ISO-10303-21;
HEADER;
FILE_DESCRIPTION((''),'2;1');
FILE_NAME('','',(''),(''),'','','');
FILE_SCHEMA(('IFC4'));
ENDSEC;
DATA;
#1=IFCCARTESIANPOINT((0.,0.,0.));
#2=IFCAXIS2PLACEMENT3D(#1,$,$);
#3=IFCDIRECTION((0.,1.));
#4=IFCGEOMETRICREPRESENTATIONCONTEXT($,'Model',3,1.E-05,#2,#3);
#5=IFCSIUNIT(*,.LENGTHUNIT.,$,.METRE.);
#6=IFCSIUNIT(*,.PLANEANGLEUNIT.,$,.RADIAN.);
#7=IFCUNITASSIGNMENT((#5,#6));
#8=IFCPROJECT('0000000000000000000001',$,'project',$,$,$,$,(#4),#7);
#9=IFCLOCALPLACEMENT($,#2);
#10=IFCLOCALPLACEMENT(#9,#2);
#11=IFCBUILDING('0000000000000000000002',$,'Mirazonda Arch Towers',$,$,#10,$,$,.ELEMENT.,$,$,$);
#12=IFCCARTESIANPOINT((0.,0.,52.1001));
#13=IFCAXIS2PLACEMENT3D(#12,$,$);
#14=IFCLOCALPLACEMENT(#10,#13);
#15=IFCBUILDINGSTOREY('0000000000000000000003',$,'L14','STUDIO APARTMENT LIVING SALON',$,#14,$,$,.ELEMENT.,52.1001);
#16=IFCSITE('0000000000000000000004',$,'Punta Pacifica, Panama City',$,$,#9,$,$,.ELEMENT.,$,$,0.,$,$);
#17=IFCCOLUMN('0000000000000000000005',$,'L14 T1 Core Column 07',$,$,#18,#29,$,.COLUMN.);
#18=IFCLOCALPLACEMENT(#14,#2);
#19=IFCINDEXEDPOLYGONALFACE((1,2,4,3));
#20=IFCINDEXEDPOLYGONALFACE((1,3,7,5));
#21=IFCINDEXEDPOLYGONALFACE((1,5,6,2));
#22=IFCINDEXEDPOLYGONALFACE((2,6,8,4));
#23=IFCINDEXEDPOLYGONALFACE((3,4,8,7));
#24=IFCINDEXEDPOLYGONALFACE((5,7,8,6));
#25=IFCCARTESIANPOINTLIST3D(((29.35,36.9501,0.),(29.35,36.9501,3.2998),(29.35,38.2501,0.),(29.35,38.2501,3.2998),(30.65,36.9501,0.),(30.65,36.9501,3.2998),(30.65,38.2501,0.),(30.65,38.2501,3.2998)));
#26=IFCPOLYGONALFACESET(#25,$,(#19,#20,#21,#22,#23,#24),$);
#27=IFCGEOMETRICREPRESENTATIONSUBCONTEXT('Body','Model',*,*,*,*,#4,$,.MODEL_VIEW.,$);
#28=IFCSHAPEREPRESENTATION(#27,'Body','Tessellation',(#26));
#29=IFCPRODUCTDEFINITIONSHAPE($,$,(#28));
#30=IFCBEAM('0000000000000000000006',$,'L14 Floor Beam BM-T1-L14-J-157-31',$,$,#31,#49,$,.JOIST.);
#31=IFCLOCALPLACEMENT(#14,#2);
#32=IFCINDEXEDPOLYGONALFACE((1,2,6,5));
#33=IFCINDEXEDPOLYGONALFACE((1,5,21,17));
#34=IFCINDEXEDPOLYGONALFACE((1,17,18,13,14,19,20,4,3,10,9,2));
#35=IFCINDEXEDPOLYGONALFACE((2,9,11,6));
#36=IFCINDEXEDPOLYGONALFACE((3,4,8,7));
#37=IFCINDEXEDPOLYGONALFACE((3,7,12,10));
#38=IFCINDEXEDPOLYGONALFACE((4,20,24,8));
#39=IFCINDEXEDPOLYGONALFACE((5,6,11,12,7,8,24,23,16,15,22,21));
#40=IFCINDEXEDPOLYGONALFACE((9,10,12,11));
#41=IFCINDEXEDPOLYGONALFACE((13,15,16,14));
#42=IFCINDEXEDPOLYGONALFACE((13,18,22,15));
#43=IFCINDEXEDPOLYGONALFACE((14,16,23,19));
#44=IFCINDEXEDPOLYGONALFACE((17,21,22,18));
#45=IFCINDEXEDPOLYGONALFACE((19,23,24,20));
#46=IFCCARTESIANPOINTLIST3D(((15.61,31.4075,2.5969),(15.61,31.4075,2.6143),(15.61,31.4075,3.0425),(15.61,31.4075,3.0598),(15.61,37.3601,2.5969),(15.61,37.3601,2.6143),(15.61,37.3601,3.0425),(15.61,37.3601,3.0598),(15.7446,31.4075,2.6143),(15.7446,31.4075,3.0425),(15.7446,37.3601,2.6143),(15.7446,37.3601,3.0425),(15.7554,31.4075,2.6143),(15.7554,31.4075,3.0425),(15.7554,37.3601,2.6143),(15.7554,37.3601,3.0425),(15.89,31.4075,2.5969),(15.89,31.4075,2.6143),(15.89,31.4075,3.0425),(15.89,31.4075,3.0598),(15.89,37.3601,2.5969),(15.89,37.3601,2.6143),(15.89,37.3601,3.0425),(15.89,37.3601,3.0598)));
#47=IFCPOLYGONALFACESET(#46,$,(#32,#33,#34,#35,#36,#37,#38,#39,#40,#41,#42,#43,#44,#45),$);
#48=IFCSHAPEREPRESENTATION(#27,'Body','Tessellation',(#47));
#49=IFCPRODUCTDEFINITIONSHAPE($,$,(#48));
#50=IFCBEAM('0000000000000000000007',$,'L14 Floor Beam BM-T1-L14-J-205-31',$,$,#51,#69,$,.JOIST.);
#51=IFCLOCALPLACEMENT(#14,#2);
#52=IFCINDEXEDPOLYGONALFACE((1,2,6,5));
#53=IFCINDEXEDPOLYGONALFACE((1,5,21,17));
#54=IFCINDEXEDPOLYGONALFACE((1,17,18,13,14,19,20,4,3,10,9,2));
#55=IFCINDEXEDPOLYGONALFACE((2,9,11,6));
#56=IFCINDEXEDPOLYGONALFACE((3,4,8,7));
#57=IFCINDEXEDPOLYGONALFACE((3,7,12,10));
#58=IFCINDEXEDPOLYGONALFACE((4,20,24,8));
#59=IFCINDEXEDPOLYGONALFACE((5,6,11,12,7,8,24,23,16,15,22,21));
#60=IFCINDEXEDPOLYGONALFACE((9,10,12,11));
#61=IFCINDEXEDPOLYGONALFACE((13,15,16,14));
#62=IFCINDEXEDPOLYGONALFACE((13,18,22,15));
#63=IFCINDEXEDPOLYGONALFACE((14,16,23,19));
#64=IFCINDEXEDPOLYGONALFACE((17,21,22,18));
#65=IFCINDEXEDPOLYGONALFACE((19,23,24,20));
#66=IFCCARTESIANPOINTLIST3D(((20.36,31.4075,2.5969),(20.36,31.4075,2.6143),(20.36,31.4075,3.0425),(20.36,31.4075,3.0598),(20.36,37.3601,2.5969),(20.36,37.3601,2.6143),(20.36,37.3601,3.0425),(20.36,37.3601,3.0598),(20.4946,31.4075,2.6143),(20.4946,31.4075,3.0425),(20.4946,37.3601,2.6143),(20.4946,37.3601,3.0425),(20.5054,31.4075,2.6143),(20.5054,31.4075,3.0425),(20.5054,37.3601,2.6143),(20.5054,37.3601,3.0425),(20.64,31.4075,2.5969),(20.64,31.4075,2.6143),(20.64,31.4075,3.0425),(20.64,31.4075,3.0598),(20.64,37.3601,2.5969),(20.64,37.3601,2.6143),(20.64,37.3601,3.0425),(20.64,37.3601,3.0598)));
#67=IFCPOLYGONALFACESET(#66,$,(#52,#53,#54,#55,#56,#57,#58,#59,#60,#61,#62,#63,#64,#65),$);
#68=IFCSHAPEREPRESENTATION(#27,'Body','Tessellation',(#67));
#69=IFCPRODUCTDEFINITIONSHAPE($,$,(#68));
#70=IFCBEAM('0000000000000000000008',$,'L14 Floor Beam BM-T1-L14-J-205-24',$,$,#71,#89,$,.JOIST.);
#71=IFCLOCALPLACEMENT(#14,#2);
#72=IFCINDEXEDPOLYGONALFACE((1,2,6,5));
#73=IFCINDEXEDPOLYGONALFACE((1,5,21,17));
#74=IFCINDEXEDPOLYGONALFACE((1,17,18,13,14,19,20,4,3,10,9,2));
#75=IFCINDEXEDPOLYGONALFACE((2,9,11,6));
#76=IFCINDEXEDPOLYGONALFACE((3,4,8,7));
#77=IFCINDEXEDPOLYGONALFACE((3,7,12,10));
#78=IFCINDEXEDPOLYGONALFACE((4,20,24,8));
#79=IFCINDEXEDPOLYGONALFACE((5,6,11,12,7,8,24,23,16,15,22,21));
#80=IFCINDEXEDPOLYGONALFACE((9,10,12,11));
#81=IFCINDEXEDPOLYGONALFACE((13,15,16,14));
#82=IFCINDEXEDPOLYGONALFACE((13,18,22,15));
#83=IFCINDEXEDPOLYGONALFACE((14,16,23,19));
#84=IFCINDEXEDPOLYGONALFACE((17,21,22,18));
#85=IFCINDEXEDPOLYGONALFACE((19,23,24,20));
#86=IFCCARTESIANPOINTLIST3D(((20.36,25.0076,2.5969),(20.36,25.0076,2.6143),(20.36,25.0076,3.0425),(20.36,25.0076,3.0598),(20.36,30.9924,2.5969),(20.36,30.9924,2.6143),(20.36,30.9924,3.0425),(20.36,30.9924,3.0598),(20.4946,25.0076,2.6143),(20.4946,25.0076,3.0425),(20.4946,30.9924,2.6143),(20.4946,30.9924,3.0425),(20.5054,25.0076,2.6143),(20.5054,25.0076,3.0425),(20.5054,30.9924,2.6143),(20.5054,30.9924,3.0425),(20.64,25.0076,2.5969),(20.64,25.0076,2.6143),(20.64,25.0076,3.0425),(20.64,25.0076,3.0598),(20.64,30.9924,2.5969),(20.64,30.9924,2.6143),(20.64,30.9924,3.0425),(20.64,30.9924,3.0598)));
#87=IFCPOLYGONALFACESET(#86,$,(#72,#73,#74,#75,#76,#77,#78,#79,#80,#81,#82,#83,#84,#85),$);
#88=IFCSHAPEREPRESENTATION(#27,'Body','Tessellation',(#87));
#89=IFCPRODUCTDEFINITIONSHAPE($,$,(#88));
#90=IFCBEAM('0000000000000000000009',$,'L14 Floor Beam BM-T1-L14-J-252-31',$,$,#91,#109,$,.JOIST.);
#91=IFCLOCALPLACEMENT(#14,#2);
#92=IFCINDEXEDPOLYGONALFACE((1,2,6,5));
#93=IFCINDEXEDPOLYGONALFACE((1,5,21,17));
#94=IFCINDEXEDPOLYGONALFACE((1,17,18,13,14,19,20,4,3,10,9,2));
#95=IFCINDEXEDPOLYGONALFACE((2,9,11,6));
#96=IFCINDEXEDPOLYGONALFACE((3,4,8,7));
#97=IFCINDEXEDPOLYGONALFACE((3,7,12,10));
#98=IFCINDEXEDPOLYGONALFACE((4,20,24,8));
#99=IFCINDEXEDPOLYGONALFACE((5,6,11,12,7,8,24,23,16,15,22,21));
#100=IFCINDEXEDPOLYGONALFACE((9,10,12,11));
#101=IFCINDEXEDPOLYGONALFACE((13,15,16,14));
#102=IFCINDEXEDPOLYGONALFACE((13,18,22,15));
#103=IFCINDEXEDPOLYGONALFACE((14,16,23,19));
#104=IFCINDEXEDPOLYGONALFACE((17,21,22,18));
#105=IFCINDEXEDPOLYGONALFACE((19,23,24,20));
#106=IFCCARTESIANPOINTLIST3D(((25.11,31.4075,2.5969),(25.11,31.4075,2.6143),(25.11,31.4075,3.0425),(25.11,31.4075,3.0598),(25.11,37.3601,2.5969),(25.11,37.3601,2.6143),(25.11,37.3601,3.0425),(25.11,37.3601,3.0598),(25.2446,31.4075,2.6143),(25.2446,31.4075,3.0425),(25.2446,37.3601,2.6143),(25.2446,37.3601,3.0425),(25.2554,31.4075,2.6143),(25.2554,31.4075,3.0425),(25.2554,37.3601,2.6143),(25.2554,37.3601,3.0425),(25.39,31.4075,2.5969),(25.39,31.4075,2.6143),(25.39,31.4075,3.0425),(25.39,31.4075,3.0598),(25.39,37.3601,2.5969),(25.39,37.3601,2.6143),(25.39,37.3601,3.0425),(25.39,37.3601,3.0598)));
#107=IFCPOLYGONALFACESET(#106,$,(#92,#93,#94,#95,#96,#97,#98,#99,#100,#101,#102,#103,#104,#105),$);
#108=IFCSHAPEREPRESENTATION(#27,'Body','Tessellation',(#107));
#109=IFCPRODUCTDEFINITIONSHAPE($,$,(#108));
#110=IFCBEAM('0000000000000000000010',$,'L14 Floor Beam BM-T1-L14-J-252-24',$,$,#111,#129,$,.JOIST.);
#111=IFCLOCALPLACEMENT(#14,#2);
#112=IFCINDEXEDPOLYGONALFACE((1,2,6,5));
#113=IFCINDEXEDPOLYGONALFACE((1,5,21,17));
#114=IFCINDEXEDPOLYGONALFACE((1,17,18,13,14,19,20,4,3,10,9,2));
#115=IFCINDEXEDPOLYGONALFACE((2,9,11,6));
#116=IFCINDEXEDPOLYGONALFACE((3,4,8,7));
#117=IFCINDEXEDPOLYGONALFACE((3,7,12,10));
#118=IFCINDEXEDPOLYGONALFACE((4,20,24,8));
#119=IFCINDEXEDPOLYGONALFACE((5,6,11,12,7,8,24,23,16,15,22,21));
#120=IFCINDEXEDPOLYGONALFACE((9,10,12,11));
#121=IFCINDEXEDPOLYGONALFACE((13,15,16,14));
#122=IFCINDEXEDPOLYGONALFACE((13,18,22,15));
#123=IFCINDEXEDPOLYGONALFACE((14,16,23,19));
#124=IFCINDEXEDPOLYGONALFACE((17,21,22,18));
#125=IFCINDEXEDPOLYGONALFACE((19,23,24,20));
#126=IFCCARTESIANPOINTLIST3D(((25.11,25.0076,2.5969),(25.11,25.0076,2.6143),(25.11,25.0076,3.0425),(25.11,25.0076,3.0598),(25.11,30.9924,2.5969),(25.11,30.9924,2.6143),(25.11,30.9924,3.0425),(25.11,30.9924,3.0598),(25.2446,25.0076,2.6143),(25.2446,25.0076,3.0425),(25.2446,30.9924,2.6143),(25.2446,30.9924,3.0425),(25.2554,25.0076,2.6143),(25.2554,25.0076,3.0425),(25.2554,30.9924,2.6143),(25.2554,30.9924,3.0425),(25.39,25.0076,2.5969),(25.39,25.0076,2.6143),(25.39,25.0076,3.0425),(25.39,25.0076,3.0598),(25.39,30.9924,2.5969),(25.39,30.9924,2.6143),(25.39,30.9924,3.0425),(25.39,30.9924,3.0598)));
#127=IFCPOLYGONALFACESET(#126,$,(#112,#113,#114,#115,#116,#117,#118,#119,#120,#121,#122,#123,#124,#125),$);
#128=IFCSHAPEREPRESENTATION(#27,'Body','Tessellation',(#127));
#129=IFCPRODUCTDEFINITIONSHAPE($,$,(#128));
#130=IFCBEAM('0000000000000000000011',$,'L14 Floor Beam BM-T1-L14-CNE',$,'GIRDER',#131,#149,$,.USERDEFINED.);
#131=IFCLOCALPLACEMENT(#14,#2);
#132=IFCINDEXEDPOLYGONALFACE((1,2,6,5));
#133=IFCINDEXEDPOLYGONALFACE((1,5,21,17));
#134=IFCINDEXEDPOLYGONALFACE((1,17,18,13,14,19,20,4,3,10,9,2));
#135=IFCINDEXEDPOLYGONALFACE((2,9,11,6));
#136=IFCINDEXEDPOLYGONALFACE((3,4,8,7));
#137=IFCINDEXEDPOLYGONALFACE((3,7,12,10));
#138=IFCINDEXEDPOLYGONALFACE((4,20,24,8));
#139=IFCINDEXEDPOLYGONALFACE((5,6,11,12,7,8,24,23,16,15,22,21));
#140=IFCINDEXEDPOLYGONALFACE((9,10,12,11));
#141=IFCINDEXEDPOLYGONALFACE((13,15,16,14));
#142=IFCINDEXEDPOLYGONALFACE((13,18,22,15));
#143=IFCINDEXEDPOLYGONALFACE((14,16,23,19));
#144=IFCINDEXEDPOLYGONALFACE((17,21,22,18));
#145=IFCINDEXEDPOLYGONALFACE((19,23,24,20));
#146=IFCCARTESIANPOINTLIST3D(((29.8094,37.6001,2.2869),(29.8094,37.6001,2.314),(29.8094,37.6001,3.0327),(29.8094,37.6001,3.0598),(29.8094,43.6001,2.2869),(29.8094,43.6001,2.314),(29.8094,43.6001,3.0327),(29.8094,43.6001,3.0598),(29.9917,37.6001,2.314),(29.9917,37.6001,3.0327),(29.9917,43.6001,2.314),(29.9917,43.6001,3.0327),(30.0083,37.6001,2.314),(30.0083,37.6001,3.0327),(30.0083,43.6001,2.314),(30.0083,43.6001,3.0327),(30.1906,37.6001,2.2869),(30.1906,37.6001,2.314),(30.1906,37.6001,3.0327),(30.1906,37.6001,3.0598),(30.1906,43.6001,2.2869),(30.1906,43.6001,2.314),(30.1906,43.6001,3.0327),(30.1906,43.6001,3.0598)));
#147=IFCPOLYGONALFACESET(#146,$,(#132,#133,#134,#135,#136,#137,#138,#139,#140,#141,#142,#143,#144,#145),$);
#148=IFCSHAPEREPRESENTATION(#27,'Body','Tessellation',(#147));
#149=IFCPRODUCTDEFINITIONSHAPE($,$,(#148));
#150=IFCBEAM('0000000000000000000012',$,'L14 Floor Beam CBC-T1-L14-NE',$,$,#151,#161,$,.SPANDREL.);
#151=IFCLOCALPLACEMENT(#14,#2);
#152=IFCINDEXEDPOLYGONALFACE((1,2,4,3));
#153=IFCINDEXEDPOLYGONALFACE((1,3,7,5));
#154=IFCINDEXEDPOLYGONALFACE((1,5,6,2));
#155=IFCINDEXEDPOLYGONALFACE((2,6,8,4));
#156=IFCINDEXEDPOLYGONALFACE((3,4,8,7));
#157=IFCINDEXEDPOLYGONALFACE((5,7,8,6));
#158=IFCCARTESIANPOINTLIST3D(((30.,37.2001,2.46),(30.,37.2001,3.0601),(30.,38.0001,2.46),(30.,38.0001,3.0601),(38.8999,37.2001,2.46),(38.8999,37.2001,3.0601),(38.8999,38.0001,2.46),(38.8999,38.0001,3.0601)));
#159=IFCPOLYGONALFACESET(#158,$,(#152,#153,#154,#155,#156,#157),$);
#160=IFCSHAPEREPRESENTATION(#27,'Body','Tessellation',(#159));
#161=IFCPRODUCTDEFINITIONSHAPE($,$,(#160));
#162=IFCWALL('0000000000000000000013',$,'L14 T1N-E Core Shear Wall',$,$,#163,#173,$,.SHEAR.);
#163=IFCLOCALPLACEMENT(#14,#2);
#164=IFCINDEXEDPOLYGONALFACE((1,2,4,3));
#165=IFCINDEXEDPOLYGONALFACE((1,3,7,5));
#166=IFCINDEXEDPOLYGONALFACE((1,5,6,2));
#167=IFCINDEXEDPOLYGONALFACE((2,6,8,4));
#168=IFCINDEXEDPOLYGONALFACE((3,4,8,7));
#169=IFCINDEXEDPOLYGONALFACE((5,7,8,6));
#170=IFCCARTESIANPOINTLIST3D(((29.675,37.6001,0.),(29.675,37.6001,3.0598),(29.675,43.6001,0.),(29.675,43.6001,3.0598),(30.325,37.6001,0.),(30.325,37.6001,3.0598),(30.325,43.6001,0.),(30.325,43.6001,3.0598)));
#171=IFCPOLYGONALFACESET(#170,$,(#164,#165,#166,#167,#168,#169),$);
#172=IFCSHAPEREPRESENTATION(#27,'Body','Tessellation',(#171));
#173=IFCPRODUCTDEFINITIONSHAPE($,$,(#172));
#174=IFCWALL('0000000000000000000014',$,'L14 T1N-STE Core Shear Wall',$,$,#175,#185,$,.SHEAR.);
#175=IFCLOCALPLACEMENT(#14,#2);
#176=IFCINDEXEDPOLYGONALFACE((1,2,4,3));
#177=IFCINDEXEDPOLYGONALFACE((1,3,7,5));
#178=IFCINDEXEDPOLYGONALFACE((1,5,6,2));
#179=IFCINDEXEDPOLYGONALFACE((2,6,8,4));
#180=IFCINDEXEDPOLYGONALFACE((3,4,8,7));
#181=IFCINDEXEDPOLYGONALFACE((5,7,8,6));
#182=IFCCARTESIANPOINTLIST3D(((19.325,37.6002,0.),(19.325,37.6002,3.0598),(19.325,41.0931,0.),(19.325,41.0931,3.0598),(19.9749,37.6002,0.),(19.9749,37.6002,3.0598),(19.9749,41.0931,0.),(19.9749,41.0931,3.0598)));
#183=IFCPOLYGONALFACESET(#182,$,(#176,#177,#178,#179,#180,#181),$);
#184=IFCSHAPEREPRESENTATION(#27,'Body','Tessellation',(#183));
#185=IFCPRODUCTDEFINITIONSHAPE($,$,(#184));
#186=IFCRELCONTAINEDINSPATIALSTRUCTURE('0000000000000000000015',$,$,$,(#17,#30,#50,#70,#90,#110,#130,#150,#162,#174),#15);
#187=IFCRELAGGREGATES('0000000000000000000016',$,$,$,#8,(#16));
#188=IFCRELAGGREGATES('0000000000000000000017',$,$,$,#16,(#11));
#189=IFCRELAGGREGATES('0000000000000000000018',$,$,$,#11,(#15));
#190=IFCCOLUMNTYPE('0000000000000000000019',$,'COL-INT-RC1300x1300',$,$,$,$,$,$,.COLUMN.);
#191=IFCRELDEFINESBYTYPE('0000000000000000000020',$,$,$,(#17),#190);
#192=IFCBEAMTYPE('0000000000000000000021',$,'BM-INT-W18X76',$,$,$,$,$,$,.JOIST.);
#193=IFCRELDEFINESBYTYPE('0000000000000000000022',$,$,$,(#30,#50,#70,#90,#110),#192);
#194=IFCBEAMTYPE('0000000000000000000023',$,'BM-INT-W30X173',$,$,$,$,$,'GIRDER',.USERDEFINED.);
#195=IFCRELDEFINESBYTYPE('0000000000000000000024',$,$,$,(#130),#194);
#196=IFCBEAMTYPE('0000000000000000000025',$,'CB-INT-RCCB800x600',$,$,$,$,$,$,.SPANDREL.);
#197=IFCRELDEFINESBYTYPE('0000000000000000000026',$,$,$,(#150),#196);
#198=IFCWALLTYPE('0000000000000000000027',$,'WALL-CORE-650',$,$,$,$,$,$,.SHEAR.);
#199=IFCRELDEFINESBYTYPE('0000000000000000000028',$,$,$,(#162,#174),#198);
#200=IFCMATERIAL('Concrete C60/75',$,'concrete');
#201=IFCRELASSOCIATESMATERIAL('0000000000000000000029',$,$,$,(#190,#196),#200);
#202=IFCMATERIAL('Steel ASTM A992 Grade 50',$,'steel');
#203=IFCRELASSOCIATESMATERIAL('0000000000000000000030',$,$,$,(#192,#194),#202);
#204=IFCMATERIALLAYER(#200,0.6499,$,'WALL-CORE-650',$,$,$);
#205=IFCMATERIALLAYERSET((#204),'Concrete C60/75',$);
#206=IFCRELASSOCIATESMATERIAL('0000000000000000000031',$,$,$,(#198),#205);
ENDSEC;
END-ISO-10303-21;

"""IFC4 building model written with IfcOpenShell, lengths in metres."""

from ifc_helpers import new_model, si_unit, direction, frame, frame_2d, origin, origin_2d, place, context, subcontext, project, spatial, rectangle, i_section, extrude, material, layer, layer_set, material_profile, profile_set, type_object, element, save


model = new_model("IFC4")

# Units and contexts
model_context = context("Model", 3, precision=1e-05, world=origin(), true_north=direction((0.0, 1.0)))
body_context = subcontext(model_context, "Body", "Model", "MODEL_VIEW")
ifc_project = project(units=[si_unit("LENGTHUNIT", "METRE"), si_unit("PLANEANGLEUNIT", "RADIAN")], contexts=[model_context])

# Site, building, storey
site_placement = place(None, origin())
site = spatial("IfcSite", under=ifc_project, at=site_placement, Name="Punta Pacifica, Panama City", CompositionType="ELEMENT", RefElevation=0.0)
building_placement = place(site_placement, origin())
building = spatial("IfcBuilding", under=site, at=building_placement, Name="Mirazonda Arch Towers", CompositionType="ELEMENT")
storey_placement = place(building_placement, frame((0.0, 0.0, 52.1001)))
storey = spatial("IfcBuildingStorey", under=building, at=storey_placement, Name="L14", Description="STUDIO APARTMENT LIVING SALON", CompositionType="ELEMENT", Elevation=52.1001)

# Column
ifc_material_1 = material(Name="Concrete C60/75", Category="concrete")
ifc_material_profile_1 = material_profile(ifc_material_1, rectangle(XDim=1.3, YDim=1.3, at=origin_2d()), Name="RC1300x1300")
ifc_profile_set_1 = profile_set([ifc_material_profile_1], Name="Concrete C60/75")
column_type = type_object("IfcColumnType", Name="COL-INT-RC1300x1300", PredefinedType="COLUMN", material=ifc_profile_set_1)
column_placement = place(storey_placement, frame((30.0, 37.6001, 0.0), z_axis=(0.0, 0.0, 1.0), x_axis=(1.0, 0.0, 0.0)))
element("IfcColumn", 1, at=column_placement, inside=storey, type_object=column_type, Name="L14 T1 Core Column 07", PredefinedType="COLUMN", context=body_context, shape_type="SweptSolid", body=[
    extrude(rectangle(XDim=1.3, YDim=1.3, at=origin_2d()), origin(), (0.0, 0.0, 1.0), 3.2998),
])

# Beams
ifc_material_2 = material(Name="Steel ASTM A992 Grade 50", Category="steel")
ifc_material_profile_2 = material_profile(ifc_material_2, i_section(OverallWidth=0.28, OverallDepth=0.4629, WebThickness=0.0107, FlangeThickness=0.0173, at=origin_2d()), Name="W18X76")
ifc_profile_set_2 = profile_set([ifc_material_profile_2], Name="Steel ASTM A992 Grade 50")
beam_type_1 = type_object("IfcBeamType", Name="BM-INT-W18X76", PredefinedType="JOIST", material=ifc_profile_set_2)
for number, where, z_axis, x_axis, name in (
    (2, (15.75, 31.4075, 2.8284), (0.0, 1.0, 0.0), (-1.0, 0.0, 0.0), "L14 Floor Beam BM-T1-L14-J-157-31"),
    (3, (20.5, 31.4075, 2.8284), (0.0, 1.0, 0.0), (-1.0, 0.0, 0.0), "L14 Floor Beam BM-T1-L14-J-205-31"),
):
    element("IfcBeam", number, at=place(storey_placement, frame(where, z_axis=z_axis, x_axis=x_axis)), inside=storey, type_object=beam_type_1, Name=name, PredefinedType="JOIST", context=body_context, shape_type="SweptSolid", body=[
        extrude(i_section(OverallWidth=0.28, OverallDepth=0.4629, WebThickness=0.0107, FlangeThickness=0.0173, at=origin_2d()), origin(), (0.0, 0.0, 1.0), 5.9526),
    ])
beam_1_placement = place(storey_placement, frame((20.5, 25.0076, 2.8284), z_axis=(0.0, 1.0, 0.0), x_axis=(-1.0, 0.0, 0.0)))
element("IfcBeam", 4, at=beam_1_placement, inside=storey, type_object=beam_type_1, Name="L14 Floor Beam BM-T1-L14-J-205-24", PredefinedType="JOIST", context=body_context, shape_type="SweptSolid", body=[
    extrude(i_section(OverallWidth=0.28, OverallDepth=0.4629, WebThickness=0.0107, FlangeThickness=0.0173, at=origin_2d()), origin(), (0.0, 0.0, 1.0), 5.9849),
])
beam_2_placement = place(storey_placement, frame((25.25, 31.4075, 2.8284), z_axis=(0.0, 1.0, 0.0), x_axis=(-1.0, 0.0, 0.0)))
element("IfcBeam", 5, at=beam_2_placement, inside=storey, type_object=beam_type_1, Name="L14 Floor Beam BM-T1-L14-J-252-31", PredefinedType="JOIST", context=body_context, shape_type="SweptSolid", body=[
    extrude(i_section(OverallWidth=0.28, OverallDepth=0.4629, WebThickness=0.0107, FlangeThickness=0.0173, at=origin_2d()), origin(), (0.0, 0.0, 1.0), 5.9526),
])
beam_3_placement = place(storey_placement, frame((25.25, 25.0076, 2.8284), z_axis=(0.0, 1.0, 0.0), x_axis=(-1.0, 0.0, 0.0)))
element("IfcBeam", 6, at=beam_3_placement, inside=storey, type_object=beam_type_1, Name="L14 Floor Beam BM-T1-L14-J-252-24", PredefinedType="JOIST", context=body_context, shape_type="SweptSolid", body=[
    extrude(i_section(OverallWidth=0.28, OverallDepth=0.4629, WebThickness=0.0107, FlangeThickness=0.0173, at=origin_2d()), origin(), (0.0, 0.0, 1.0), 5.9849),
])
ifc_material_profile_3 = material_profile(ifc_material_2, i_section(OverallWidth=0.3811, OverallDepth=0.7729, WebThickness=0.0166, FlangeThickness=0.0271, at=origin_2d()), Name="W30X173")
ifc_profile_set_3 = profile_set([ifc_material_profile_3], Name="Steel ASTM A992 Grade 50")
beam_type_2 = type_object("IfcBeamType", Name="BM-INT-W30X173", ElementType="GIRDER", PredefinedType="USERDEFINED", material=ifc_profile_set_3)
beam_4_placement = place(storey_placement, frame((30.0, 37.6001, 2.6733), z_axis=(0.0, 1.0, 0.0), x_axis=(-1.0, 0.0, 0.0)))
element("IfcBeam", 7, at=beam_4_placement, inside=storey, type_object=beam_type_2, Name="L14 Floor Beam BM-T1-L14-CNE", ObjectType="GIRDER", PredefinedType="USERDEFINED", context=body_context, shape_type="SweptSolid", body=[
    extrude(i_section(OverallWidth=0.3811, OverallDepth=0.7729, WebThickness=0.0166, FlangeThickness=0.0271, at=origin_2d()), origin(), (0.0, 0.0, 1.0), 6.0),
])
ifc_material_profile_4 = material_profile(ifc_material_1, rectangle(XDim=0.8, YDim=0.6001, at=origin_2d()), Name="RCCB800x600")
ifc_profile_set_4 = profile_set([ifc_material_profile_4], Name="Concrete C60/75")
beam_type_3 = type_object("IfcBeamType", Name="CB-INT-RCCB800x600", PredefinedType="SPANDREL", material=ifc_profile_set_4)
beam_5_placement = place(storey_placement, frame((30.0, 37.6001, 2.76), z_axis=(1.0, 0.0, 0.0), x_axis=(0.0, 1.0, 0.0)))
element("IfcBeam", 8, at=beam_5_placement, inside=storey, type_object=beam_type_3, Name="L14 Floor Beam CBC-T1-L14-NE", PredefinedType="SPANDREL", context=body_context, shape_type="SweptSolid", body=[
    extrude(rectangle(XDim=0.8, YDim=0.6001, at=origin_2d()), origin(), (0.0, 0.0, 1.0), 8.8999),
])

# Walls
ifc_layer_1 = layer(ifc_material_1, 0.6499, Name="WALL-CORE-650")
ifc_layer_set_1 = layer_set([ifc_layer_1], Name="Concrete C60/75")
wall_type_1 = type_object("IfcWallType", Name="WALL-CORE-650", PredefinedType="SHEAR", material=ifc_layer_set_1)
wall_1_placement = place(storey_placement, frame((30.0, 37.6001, 0.0), z_axis=(0.0, 0.0, 1.0), x_axis=(0.0, 1.0, 0.0)))
element("IfcWall", 9, at=wall_1_placement, inside=storey, type_object=wall_type_1, Name="L14 T1N-E Core Shear Wall", PredefinedType="SHEAR", context=body_context, shape_type="SweptSolid", body=[
    extrude(rectangle(XDim=6.0, YDim=0.6499, at=frame_2d((3.0, 0.0))), origin(), (0.0, 0.0, 1.0), 3.0598),
])
wall_2_placement = place(storey_placement, frame((19.6499, 37.6001, 0.0), z_axis=(0.0, 0.0, 1.0), x_axis=(0.0, 1.0, 0.0)))
element("IfcWall", 10, at=wall_2_placement, inside=storey, type_object=wall_type_1, Name="L14 T1N-STE Core Shear Wall", PredefinedType="SHEAR", context=body_context, shape_type="SweptSolid", body=[
    extrude(rectangle(XDim=3.4929, YDim=0.6499, at=frame_2d((1.7466, 0.0))), origin(), (0.0, 0.0, 1.0), 3.0598),
])

save(model, "model.ifc")
